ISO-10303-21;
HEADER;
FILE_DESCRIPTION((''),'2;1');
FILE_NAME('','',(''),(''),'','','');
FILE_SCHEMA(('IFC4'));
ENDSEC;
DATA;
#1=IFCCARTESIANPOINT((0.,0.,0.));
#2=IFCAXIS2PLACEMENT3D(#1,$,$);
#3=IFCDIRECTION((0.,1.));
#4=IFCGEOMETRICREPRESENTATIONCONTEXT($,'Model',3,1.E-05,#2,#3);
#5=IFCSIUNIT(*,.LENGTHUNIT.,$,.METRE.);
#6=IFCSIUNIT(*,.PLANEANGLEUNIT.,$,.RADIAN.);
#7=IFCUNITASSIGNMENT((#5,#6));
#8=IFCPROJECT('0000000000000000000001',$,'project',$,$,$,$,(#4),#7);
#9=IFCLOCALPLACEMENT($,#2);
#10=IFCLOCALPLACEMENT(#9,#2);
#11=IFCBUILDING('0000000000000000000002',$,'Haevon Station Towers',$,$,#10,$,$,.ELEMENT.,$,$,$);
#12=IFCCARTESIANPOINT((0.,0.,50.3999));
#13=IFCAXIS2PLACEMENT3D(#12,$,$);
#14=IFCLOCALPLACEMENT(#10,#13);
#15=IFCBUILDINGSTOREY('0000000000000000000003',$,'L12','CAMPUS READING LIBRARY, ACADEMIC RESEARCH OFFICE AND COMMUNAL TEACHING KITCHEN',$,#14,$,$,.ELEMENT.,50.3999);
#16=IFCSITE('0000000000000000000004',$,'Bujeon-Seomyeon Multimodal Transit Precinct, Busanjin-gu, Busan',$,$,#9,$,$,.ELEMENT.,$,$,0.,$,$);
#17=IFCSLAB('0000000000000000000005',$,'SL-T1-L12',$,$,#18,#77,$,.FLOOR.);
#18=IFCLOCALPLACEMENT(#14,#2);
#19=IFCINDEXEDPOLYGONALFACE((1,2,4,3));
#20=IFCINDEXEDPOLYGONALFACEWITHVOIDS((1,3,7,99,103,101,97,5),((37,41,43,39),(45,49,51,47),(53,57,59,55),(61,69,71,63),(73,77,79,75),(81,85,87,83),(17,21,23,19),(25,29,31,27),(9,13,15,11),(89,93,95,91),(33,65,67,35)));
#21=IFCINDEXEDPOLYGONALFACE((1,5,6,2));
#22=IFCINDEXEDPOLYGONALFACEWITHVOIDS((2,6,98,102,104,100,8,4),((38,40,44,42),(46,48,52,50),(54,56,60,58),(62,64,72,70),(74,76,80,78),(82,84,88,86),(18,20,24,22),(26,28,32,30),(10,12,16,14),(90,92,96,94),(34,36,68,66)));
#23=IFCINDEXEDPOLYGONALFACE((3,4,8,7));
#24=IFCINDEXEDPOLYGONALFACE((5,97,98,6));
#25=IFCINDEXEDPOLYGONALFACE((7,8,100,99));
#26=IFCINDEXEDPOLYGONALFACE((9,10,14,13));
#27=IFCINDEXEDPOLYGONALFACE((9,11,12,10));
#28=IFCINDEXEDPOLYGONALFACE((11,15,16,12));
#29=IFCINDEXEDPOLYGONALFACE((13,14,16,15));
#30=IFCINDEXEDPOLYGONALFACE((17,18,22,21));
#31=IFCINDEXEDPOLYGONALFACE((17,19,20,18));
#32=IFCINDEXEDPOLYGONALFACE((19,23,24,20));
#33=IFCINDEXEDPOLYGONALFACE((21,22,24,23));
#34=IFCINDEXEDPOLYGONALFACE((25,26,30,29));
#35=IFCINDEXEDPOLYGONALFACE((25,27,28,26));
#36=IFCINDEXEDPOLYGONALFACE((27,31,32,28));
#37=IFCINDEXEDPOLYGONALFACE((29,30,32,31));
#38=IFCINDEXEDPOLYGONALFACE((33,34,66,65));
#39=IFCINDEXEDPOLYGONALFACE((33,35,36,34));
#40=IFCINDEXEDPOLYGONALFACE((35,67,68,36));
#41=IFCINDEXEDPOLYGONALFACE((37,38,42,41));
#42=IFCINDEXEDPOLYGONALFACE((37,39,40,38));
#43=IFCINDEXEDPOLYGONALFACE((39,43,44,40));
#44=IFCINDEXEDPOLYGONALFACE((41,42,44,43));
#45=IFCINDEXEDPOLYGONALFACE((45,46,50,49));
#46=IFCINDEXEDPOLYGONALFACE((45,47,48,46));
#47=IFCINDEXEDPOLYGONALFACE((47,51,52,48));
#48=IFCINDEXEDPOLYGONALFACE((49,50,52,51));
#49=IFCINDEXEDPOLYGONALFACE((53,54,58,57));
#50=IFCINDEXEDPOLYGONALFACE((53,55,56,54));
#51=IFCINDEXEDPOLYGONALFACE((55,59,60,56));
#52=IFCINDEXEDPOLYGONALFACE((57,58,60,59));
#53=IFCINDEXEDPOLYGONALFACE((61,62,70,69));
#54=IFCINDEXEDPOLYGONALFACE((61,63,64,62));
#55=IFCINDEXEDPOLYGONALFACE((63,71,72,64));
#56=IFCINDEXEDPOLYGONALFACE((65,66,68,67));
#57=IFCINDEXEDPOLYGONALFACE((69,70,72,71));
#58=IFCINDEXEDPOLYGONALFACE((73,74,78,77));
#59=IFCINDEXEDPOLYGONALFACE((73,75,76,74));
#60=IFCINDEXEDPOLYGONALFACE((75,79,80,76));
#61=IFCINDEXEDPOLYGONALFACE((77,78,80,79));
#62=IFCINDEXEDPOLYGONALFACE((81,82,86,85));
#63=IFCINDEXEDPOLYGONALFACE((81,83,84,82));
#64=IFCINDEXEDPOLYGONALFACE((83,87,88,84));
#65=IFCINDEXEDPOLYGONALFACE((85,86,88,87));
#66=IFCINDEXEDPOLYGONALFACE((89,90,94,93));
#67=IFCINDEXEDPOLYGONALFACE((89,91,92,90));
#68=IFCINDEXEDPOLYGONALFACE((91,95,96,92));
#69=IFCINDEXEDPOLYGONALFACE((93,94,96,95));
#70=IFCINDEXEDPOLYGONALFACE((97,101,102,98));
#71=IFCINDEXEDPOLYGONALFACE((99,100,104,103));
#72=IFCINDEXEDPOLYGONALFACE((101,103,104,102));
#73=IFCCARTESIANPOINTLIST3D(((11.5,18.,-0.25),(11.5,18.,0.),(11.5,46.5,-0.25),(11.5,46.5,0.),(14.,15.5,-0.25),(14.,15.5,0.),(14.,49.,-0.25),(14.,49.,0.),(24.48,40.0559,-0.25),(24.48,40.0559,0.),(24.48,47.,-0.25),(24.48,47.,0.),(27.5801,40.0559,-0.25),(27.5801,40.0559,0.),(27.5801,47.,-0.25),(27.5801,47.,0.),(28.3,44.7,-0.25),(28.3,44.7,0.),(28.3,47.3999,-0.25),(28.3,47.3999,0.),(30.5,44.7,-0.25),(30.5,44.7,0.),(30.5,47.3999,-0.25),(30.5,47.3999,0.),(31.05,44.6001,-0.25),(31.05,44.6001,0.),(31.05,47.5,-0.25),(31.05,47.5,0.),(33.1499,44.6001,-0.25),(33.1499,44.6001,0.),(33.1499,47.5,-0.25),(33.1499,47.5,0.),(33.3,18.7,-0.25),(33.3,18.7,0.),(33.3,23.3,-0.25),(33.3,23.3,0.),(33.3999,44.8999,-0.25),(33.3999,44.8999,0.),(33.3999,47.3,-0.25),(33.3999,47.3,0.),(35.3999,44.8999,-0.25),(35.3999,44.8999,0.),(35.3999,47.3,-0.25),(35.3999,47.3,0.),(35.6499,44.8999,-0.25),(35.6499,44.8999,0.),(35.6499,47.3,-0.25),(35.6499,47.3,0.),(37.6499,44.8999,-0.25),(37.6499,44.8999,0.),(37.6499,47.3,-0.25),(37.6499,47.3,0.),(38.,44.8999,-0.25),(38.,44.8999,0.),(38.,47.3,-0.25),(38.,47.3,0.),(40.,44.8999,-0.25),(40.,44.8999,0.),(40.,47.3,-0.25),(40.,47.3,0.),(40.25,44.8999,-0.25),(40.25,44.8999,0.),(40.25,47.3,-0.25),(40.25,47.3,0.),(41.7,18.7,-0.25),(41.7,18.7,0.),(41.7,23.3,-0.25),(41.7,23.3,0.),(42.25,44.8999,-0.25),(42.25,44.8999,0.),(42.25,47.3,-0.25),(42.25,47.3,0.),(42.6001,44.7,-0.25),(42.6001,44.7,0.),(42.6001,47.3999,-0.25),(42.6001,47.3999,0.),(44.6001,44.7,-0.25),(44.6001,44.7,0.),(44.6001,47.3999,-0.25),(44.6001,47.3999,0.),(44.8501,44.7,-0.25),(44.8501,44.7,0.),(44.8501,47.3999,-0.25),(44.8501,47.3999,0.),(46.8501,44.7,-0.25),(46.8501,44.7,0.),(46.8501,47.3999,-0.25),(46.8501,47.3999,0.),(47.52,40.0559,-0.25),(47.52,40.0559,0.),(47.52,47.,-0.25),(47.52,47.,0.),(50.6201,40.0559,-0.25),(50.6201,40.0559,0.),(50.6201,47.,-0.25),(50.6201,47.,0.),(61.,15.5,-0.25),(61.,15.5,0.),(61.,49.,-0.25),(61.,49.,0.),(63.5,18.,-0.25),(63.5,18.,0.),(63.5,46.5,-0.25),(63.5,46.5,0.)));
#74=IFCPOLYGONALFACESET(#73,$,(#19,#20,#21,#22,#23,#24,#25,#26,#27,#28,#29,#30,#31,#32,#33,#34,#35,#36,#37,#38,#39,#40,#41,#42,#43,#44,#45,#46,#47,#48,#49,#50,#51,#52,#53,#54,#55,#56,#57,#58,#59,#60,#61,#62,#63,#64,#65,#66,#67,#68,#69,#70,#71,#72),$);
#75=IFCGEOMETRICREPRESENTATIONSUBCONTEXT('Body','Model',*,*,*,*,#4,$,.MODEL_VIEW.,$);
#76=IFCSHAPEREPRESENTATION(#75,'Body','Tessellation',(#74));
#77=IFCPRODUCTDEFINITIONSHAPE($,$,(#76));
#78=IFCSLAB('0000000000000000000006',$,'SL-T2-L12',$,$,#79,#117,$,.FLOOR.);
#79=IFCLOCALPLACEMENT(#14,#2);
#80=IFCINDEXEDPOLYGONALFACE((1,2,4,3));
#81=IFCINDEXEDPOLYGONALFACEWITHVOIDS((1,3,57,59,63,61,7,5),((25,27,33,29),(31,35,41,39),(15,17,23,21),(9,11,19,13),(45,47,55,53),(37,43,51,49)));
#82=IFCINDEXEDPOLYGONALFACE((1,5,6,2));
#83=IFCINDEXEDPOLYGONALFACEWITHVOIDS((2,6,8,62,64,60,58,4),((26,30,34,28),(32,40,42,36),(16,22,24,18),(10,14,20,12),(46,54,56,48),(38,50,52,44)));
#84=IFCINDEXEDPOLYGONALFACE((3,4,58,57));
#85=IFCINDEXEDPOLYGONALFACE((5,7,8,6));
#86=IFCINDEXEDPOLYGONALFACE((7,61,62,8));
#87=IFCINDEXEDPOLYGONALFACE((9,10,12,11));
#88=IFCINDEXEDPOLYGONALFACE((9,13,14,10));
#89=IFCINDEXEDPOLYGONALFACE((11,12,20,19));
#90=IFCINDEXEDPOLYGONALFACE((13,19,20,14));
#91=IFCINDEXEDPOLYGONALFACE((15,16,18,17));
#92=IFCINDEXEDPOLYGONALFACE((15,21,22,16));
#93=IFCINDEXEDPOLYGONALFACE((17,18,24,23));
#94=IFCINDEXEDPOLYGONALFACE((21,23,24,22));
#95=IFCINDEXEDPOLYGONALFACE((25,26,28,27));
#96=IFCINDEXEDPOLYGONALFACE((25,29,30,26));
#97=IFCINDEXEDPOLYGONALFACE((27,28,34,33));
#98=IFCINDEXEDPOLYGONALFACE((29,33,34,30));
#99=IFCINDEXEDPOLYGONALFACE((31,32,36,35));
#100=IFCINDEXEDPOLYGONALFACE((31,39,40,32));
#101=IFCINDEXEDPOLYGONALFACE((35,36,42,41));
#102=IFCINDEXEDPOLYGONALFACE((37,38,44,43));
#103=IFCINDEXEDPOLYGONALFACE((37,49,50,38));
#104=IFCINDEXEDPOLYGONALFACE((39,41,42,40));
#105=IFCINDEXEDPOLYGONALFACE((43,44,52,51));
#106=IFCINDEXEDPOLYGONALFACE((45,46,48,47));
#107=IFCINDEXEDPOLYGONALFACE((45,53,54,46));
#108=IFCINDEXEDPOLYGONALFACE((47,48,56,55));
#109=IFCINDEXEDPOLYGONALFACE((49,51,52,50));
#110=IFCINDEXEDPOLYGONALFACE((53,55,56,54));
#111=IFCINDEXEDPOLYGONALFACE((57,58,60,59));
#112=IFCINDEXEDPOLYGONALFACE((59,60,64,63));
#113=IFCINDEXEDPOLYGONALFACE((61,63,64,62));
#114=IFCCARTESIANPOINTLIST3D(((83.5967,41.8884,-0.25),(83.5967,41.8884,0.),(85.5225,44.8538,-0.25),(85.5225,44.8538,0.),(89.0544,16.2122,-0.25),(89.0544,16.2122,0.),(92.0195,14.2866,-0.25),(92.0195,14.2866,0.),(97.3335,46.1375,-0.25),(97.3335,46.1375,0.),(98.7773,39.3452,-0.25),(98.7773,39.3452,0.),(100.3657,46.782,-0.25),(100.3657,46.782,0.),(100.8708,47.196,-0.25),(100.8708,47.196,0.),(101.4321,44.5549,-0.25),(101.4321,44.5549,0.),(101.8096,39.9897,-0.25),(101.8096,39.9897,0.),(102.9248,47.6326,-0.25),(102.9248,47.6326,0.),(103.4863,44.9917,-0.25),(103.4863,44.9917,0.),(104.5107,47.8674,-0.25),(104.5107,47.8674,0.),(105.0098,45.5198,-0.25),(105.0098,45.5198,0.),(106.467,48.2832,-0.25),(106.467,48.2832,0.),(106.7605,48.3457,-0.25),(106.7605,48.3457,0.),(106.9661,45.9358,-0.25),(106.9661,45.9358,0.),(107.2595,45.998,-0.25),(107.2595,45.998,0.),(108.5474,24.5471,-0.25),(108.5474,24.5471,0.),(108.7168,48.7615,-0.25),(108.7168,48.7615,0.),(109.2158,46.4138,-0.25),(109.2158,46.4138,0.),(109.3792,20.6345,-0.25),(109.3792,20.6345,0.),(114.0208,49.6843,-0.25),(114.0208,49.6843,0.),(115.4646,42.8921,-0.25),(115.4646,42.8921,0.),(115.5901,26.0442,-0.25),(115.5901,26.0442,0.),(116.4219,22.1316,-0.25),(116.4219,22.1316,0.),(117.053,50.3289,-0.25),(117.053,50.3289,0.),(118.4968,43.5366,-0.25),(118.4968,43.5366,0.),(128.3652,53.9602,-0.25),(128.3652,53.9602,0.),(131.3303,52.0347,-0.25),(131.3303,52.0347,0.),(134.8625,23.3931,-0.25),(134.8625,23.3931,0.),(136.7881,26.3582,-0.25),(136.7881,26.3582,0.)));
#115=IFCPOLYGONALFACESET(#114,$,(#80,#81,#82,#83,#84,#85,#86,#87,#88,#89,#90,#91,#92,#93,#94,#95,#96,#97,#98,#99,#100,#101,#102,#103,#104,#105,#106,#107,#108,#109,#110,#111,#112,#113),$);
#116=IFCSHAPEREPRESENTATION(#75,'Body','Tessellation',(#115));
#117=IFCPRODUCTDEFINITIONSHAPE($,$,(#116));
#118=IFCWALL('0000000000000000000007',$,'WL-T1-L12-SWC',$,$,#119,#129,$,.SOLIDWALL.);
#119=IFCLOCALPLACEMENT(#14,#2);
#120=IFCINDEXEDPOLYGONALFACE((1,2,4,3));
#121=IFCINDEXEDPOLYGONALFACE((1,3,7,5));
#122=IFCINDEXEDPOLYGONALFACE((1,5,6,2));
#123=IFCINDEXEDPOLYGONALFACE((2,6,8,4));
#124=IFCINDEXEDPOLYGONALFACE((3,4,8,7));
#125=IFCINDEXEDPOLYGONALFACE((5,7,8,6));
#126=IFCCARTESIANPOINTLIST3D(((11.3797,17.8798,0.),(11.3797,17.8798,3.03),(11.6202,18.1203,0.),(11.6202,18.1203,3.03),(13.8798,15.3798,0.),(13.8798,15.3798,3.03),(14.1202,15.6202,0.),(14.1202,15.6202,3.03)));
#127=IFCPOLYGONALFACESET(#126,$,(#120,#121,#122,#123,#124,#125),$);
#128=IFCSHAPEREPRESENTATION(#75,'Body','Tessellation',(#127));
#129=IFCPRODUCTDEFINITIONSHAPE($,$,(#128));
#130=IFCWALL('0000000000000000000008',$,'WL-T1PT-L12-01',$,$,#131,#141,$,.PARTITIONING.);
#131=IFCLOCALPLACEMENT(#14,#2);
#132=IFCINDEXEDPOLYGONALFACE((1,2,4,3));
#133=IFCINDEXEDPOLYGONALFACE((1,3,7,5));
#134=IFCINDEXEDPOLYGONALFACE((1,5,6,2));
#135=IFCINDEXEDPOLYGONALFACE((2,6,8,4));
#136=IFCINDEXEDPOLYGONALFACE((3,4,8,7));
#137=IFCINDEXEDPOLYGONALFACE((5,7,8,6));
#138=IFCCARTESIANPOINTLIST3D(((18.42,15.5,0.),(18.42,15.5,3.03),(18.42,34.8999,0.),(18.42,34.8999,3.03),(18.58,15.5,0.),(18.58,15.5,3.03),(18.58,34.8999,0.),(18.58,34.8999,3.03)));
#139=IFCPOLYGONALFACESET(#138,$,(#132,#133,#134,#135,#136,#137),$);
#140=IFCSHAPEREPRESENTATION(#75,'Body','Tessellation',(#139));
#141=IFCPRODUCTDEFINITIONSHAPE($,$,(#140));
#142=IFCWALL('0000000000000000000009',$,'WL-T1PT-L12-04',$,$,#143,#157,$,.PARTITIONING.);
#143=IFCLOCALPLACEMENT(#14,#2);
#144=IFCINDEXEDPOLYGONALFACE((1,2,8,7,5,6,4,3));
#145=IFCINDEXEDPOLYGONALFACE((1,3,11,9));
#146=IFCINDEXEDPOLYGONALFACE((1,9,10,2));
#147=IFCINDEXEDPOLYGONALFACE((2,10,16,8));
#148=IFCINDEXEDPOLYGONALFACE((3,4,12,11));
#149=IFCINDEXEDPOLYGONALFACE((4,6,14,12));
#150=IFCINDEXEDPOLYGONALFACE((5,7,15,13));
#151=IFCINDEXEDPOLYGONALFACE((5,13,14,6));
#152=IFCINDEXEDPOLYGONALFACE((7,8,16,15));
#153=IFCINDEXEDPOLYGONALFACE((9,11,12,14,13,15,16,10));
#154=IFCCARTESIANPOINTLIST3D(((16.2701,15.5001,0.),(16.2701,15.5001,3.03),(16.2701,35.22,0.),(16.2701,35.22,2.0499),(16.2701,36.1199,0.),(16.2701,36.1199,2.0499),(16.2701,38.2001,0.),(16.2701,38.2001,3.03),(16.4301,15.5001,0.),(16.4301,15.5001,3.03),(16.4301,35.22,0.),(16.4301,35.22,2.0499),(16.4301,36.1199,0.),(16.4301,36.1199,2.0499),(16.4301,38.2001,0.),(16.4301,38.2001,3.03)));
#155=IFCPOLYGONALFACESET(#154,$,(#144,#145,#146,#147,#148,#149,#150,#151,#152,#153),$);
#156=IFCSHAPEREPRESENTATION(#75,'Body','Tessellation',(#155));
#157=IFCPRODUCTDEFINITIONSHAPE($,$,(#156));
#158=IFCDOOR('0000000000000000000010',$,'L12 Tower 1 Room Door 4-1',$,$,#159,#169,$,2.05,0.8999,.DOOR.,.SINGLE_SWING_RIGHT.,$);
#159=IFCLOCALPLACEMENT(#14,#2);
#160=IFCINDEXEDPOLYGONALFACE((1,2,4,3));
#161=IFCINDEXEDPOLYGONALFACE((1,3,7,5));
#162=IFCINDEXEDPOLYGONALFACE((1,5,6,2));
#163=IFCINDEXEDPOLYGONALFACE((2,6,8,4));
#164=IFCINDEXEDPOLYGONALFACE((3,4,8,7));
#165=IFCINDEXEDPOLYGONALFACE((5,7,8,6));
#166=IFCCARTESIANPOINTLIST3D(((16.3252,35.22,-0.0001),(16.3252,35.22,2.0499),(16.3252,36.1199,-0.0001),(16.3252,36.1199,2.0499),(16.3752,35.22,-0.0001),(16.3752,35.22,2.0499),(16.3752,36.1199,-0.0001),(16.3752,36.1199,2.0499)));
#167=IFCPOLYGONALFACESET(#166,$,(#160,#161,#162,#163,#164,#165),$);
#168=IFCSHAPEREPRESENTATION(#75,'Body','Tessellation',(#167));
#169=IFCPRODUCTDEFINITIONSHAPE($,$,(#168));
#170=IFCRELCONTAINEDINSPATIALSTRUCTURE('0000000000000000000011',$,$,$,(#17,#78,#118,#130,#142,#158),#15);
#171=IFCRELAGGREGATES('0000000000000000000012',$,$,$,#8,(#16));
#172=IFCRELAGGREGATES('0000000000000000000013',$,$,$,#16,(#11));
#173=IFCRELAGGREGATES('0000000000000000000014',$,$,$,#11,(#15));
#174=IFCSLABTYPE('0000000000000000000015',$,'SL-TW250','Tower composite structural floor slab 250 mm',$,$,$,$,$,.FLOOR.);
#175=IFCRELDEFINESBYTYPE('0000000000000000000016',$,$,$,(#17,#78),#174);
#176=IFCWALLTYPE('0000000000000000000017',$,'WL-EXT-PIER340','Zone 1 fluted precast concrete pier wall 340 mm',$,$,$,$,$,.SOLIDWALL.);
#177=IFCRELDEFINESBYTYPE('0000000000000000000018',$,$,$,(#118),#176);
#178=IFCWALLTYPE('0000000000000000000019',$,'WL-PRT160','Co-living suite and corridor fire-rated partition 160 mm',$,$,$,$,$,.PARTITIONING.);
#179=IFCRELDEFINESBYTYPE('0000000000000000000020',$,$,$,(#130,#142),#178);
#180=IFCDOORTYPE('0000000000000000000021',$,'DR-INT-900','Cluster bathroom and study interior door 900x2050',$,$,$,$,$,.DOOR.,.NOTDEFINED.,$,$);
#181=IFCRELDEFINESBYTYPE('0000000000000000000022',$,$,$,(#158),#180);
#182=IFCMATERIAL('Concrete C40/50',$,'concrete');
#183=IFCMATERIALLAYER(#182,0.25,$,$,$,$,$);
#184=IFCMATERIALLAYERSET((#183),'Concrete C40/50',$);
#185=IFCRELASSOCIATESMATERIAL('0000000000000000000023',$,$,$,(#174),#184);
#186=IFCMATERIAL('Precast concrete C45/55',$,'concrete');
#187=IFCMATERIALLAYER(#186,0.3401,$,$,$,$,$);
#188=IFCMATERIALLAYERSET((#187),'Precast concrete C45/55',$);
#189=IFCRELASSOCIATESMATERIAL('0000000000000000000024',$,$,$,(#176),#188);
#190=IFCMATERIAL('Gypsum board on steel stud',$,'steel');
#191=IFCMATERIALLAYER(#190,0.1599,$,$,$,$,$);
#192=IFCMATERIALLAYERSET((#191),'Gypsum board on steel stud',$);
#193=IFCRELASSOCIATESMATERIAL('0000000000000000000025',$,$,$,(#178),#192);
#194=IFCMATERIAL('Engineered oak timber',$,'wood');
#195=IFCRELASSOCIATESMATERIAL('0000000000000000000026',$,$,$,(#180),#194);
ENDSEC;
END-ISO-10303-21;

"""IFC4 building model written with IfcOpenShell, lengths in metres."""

from ifc_helpers import new_model, si_unit, direction, frame, frame_2d, origin, place, context, subcontext, project, spatial, polyline, rectangle, outline, extrude, material, layer, layer_set, type_object, element, fill, save


model = new_model("IFC4")

# Units and contexts
model_context = context("Model", 3, precision=1e-05, world=origin(), true_north=direction((0.0, 1.0)))
body_context = subcontext(model_context, "Body", "Model", "MODEL_VIEW")
ifc_project = project(units=[si_unit("LENGTHUNIT", "METRE"), si_unit("PLANEANGLEUNIT", "RADIAN")], contexts=[model_context])

# Site, building, storey
site_placement = place(None, origin())
site = spatial("IfcSite", under=ifc_project, at=site_placement, Name="Bujeon-Seomyeon Multimodal Transit Precinct, Busanjin-gu, Busan", CompositionType="ELEMENT", RefElevation=0.0)
building_placement = place(site_placement, origin())
building = spatial("IfcBuilding", under=site, at=building_placement, Name="Haevon Station Towers", CompositionType="ELEMENT")
storey_placement = place(building_placement, frame((0.0, 0.0, 50.3999)))
storey = spatial("IfcBuildingStorey", under=building, at=storey_placement, Name="L12", Description="CAMPUS READING LIBRARY, ACADEMIC RESEARCH OFFICE AND COMMUNAL TEACHING KITCHEN", CompositionType="ELEMENT", Elevation=50.3999)

# Shared definitions
ifc_material_1 = material(Name="Concrete C40/50", Category="concrete")

# Slabs
ifc_layer_1 = layer(ifc_material_1, 0.25)
ifc_layer_set_1 = layer_set([ifc_layer_1], Name="Concrete C40/50")
slab_type_1 = type_object("IfcSlabType", Name="SL-TW250", Description="Tower composite structural floor slab 250 mm", PredefinedType="FLOOR", material=ifc_layer_set_1)
slab_1_placement = place(storey_placement, frame((0.0, 0.0, -0.25)))
element("IfcSlab", 1, at=slab_1_placement, inside=storey, type_object=slab_type_1, Name="SL-T1-L12", PredefinedType="FLOOR", context=body_context, shape_type="SweptSolid", body=[
    extrude(outline(polyline([(14.0, 15.5), (61.0, 15.5), (63.5, 18.0), (63.5, 46.5), (61.0, 49.0), (14.0, 49.0), (11.5, 46.5), (11.5, 18.0), (14.0, 15.5)]), holes=[polyline([(27.5801, 40.0559), (27.5801, 47.0), (24.48, 47.0), (24.48, 40.0559), (27.5801, 40.0559)]), polyline([(50.6201, 40.0559), (50.6201, 47.0), (47.52, 47.0), (47.52, 40.0559), (50.6201, 40.0559)]), polyline([(28.3, 44.7), (30.5, 44.7), (30.5, 47.3999), (28.3, 47.3999), (28.3, 44.7)]), polyline([(31.05, 44.6001), (33.1499, 44.6001), (33.1499, 47.5), (31.05, 47.5), (31.05, 44.6001)]), polyline([(33.3999, 44.8999), (35.3999, 44.8999), (35.3999, 47.3), (33.3999, 47.3), (33.3999, 44.8999)]), polyline([(35.6499, 44.8999), (37.6499, 44.8999), (37.6499, 47.3), (35.6499, 47.3), (35.6499, 44.8999)]), polyline([(38.0, 44.8999), (40.0, 44.8999), (40.0, 47.3), (38.0, 47.3), (38.0, 44.8999)]), polyline([(40.25, 44.8999), (42.25, 44.8999), (42.25, 47.3), (40.25, 47.3), (40.25, 44.8999)]), polyline([(42.6001, 44.7), (44.6001, 44.7), (44.6001, 47.3999), (42.6001, 47.3999), (42.6001, 44.7)]), polyline([(44.8501, 44.7), (46.8501, 44.7), (46.8501, 47.3999), (44.8501, 47.3999), (44.8501, 44.7)]), polyline([(33.3, 18.7), (41.7, 18.7), (41.7, 23.3), (33.3, 23.3), (33.3, 18.7)])]), origin(), (0.0, 0.0, 1.0), 0.25),
])
slab_2_placement = place(storey_placement, frame((0.0, 0.0, -0.25)))
element("IfcSlab", 2, at=slab_2_placement, inside=storey, type_object=slab_type_1, Name="SL-T2-L12", PredefinedType="FLOOR", context=body_context, shape_type="SweptSolid", body=[
    extrude(outline(polyline([(92.0195, 14.2866), (134.8625, 23.3931), (136.7881, 26.3582), (131.3303, 52.0347), (128.3652, 53.9602), (85.5225, 44.8538), (83.5967, 41.8884), (89.0544, 16.2122), (92.0195, 14.2866)]), holes=[polyline([(101.8096, 39.9897), (100.3657, 46.782), (97.3335, 46.1375), (98.7773, 39.3452), (101.8096, 39.9897)]), polyline([(118.4968, 43.5366), (117.053, 50.3289), (114.0208, 49.6843), (115.4646, 42.8921), (118.4968, 43.5366)]), polyline([(101.4321, 44.5549), (103.4863, 44.9917), (102.9248, 47.6326), (100.8708, 47.196), (101.4321, 44.5549)]), polyline([(105.0098, 45.5198), (106.9661, 45.9358), (106.467, 48.2832), (104.5107, 47.8674), (105.0098, 45.5198)]), polyline([(107.2595, 45.998), (109.2158, 46.4138), (108.7168, 48.7615), (106.7605, 48.3457), (107.2595, 45.998)]), polyline([(109.3792, 20.6345), (116.4219, 22.1316), (115.5901, 26.0442), (108.5474, 24.5471), (109.3792, 20.6345)])]), origin(), (0.0, 0.0, 1.0), 0.25),
])

# Walls
ifc_material_2 = material(Name="Precast concrete C45/55", Category="concrete")
ifc_layer_2 = layer(ifc_material_2, 0.3401)
ifc_layer_set_2 = layer_set([ifc_layer_2], Name="Precast concrete C45/55")
wall_type_1 = type_object("IfcWallType", Name="WL-EXT-PIER340", Description="Zone 1 fluted precast concrete pier wall 340 mm", PredefinedType="SOLIDWALL", material=ifc_layer_set_2)
wall_1_placement = place(storey_placement, frame((14.0, 15.5, 0.0), z_axis=(0.0, 0.0, 1.0), x_axis=(-0.707107, 0.707107, 0.0)))
element("IfcWall", 3, at=wall_1_placement, inside=storey, type_object=wall_type_1, Name="WL-T1-L12-SWC", PredefinedType="SOLIDWALL", context=body_context, shape_type="SweptSolid", body=[
    extrude(rectangle(XDim=3.5356, YDim=0.3401, at=frame_2d((1.7678, 0.0))), origin(), (0.0, 0.0, 1.0), 3.03),
])
ifc_material_3 = material(Name="Gypsum board on steel stud", Category="steel")
ifc_layer_3 = layer(ifc_material_3, 0.1599)
ifc_layer_set_3 = layer_set([ifc_layer_3], Name="Gypsum board on steel stud")
wall_type_2 = type_object("IfcWallType", Name="WL-PRT160", Description="Co-living suite and corridor fire-rated partition 160 mm", PredefinedType="PARTITIONING", material=ifc_layer_set_3)
wall_2_placement = place(storey_placement, frame((18.5, 15.5, 0.0), z_axis=(0.0, 0.0, 1.0), x_axis=(0.0, 1.0, 0.0)))
element("IfcWall", 4, at=wall_2_placement, inside=storey, type_object=wall_type_2, Name="WL-T1PT-L12-01", PredefinedType="PARTITIONING", context=body_context, shape_type="SweptSolid", body=[
    extrude(rectangle(XDim=19.3999, YDim=0.1599, at=frame_2d((9.7, 0.0))), origin(), (0.0, 0.0, 1.0), 3.03),
])

# Wall, opening, door
wall_3_placement = place(storey_placement, frame((16.3501, 15.5, 0.0), z_axis=(0.0, 0.0, 1.0), x_axis=(0.0, 1.0, 0.0)))
wall_3 = element("IfcWall", 5, at=wall_3_placement, inside=storey, type_object=wall_type_2, Name="WL-T1PT-L12-04", PredefinedType="PARTITIONING", context=body_context, shape_type="SweptSolid", body=[
    extrude(rectangle(XDim=22.7, YDim=0.1599, at=frame_2d((11.3501, 0.0))), origin(), (0.0, 0.0, 1.0), 3.03),
])
opening_placement = place(wall_3_placement, frame((19.72, 0.0, 0.0)))
opening = element("IfcOpeningElement", 6, at=opening_placement, cuts=wall_3, PredefinedType="OPENING", context=body_context, shape_type="SweptSolid", body=[
    extrude(rectangle(XDim=0.8999, YDim=2.05, at=frame_2d((0.45, 1.0249))), frame((0.0, 0.0898, 0.0), z_axis=(0.0, -1.0, 0.0), x_axis=(1.0, 0.0, 0.0)), (0.0, 0.0, 1.0), 0.1799),
])
ifc_material_4 = material(Name="Engineered oak timber", Category="wood")
door_type = type_object("IfcDoorType", Name="DR-INT-900", Description="Cluster bathroom and study interior door 900x2050", OperationType="NOTDEFINED", PredefinedType="DOOR", material=ifc_material_4)
door_placement = place(opening_placement, origin())
door = element("IfcDoor", 7, at=door_placement, inside=storey, type_object=door_type, Name="L12 Tower 1 Room Door 4-1", OperationType="SINGLE_SWING_RIGHT", OverallHeight=2.05, OverallWidth=0.8999, PredefinedType="DOOR", context=body_context, shape_type="SweptSolid", body=[
    extrude(rectangle(XDim=0.8999, YDim=2.05, at=frame_2d((0.45, 1.0249))), frame((0.0, 0.0249, 0.0), z_axis=(0.0, -1.0, 0.0), x_axis=(1.0, 0.0, 0.0)), (0.0, 0.0, 1.0), 0.05),
])
fill(opening, door)

save(model, "model.ifc")
